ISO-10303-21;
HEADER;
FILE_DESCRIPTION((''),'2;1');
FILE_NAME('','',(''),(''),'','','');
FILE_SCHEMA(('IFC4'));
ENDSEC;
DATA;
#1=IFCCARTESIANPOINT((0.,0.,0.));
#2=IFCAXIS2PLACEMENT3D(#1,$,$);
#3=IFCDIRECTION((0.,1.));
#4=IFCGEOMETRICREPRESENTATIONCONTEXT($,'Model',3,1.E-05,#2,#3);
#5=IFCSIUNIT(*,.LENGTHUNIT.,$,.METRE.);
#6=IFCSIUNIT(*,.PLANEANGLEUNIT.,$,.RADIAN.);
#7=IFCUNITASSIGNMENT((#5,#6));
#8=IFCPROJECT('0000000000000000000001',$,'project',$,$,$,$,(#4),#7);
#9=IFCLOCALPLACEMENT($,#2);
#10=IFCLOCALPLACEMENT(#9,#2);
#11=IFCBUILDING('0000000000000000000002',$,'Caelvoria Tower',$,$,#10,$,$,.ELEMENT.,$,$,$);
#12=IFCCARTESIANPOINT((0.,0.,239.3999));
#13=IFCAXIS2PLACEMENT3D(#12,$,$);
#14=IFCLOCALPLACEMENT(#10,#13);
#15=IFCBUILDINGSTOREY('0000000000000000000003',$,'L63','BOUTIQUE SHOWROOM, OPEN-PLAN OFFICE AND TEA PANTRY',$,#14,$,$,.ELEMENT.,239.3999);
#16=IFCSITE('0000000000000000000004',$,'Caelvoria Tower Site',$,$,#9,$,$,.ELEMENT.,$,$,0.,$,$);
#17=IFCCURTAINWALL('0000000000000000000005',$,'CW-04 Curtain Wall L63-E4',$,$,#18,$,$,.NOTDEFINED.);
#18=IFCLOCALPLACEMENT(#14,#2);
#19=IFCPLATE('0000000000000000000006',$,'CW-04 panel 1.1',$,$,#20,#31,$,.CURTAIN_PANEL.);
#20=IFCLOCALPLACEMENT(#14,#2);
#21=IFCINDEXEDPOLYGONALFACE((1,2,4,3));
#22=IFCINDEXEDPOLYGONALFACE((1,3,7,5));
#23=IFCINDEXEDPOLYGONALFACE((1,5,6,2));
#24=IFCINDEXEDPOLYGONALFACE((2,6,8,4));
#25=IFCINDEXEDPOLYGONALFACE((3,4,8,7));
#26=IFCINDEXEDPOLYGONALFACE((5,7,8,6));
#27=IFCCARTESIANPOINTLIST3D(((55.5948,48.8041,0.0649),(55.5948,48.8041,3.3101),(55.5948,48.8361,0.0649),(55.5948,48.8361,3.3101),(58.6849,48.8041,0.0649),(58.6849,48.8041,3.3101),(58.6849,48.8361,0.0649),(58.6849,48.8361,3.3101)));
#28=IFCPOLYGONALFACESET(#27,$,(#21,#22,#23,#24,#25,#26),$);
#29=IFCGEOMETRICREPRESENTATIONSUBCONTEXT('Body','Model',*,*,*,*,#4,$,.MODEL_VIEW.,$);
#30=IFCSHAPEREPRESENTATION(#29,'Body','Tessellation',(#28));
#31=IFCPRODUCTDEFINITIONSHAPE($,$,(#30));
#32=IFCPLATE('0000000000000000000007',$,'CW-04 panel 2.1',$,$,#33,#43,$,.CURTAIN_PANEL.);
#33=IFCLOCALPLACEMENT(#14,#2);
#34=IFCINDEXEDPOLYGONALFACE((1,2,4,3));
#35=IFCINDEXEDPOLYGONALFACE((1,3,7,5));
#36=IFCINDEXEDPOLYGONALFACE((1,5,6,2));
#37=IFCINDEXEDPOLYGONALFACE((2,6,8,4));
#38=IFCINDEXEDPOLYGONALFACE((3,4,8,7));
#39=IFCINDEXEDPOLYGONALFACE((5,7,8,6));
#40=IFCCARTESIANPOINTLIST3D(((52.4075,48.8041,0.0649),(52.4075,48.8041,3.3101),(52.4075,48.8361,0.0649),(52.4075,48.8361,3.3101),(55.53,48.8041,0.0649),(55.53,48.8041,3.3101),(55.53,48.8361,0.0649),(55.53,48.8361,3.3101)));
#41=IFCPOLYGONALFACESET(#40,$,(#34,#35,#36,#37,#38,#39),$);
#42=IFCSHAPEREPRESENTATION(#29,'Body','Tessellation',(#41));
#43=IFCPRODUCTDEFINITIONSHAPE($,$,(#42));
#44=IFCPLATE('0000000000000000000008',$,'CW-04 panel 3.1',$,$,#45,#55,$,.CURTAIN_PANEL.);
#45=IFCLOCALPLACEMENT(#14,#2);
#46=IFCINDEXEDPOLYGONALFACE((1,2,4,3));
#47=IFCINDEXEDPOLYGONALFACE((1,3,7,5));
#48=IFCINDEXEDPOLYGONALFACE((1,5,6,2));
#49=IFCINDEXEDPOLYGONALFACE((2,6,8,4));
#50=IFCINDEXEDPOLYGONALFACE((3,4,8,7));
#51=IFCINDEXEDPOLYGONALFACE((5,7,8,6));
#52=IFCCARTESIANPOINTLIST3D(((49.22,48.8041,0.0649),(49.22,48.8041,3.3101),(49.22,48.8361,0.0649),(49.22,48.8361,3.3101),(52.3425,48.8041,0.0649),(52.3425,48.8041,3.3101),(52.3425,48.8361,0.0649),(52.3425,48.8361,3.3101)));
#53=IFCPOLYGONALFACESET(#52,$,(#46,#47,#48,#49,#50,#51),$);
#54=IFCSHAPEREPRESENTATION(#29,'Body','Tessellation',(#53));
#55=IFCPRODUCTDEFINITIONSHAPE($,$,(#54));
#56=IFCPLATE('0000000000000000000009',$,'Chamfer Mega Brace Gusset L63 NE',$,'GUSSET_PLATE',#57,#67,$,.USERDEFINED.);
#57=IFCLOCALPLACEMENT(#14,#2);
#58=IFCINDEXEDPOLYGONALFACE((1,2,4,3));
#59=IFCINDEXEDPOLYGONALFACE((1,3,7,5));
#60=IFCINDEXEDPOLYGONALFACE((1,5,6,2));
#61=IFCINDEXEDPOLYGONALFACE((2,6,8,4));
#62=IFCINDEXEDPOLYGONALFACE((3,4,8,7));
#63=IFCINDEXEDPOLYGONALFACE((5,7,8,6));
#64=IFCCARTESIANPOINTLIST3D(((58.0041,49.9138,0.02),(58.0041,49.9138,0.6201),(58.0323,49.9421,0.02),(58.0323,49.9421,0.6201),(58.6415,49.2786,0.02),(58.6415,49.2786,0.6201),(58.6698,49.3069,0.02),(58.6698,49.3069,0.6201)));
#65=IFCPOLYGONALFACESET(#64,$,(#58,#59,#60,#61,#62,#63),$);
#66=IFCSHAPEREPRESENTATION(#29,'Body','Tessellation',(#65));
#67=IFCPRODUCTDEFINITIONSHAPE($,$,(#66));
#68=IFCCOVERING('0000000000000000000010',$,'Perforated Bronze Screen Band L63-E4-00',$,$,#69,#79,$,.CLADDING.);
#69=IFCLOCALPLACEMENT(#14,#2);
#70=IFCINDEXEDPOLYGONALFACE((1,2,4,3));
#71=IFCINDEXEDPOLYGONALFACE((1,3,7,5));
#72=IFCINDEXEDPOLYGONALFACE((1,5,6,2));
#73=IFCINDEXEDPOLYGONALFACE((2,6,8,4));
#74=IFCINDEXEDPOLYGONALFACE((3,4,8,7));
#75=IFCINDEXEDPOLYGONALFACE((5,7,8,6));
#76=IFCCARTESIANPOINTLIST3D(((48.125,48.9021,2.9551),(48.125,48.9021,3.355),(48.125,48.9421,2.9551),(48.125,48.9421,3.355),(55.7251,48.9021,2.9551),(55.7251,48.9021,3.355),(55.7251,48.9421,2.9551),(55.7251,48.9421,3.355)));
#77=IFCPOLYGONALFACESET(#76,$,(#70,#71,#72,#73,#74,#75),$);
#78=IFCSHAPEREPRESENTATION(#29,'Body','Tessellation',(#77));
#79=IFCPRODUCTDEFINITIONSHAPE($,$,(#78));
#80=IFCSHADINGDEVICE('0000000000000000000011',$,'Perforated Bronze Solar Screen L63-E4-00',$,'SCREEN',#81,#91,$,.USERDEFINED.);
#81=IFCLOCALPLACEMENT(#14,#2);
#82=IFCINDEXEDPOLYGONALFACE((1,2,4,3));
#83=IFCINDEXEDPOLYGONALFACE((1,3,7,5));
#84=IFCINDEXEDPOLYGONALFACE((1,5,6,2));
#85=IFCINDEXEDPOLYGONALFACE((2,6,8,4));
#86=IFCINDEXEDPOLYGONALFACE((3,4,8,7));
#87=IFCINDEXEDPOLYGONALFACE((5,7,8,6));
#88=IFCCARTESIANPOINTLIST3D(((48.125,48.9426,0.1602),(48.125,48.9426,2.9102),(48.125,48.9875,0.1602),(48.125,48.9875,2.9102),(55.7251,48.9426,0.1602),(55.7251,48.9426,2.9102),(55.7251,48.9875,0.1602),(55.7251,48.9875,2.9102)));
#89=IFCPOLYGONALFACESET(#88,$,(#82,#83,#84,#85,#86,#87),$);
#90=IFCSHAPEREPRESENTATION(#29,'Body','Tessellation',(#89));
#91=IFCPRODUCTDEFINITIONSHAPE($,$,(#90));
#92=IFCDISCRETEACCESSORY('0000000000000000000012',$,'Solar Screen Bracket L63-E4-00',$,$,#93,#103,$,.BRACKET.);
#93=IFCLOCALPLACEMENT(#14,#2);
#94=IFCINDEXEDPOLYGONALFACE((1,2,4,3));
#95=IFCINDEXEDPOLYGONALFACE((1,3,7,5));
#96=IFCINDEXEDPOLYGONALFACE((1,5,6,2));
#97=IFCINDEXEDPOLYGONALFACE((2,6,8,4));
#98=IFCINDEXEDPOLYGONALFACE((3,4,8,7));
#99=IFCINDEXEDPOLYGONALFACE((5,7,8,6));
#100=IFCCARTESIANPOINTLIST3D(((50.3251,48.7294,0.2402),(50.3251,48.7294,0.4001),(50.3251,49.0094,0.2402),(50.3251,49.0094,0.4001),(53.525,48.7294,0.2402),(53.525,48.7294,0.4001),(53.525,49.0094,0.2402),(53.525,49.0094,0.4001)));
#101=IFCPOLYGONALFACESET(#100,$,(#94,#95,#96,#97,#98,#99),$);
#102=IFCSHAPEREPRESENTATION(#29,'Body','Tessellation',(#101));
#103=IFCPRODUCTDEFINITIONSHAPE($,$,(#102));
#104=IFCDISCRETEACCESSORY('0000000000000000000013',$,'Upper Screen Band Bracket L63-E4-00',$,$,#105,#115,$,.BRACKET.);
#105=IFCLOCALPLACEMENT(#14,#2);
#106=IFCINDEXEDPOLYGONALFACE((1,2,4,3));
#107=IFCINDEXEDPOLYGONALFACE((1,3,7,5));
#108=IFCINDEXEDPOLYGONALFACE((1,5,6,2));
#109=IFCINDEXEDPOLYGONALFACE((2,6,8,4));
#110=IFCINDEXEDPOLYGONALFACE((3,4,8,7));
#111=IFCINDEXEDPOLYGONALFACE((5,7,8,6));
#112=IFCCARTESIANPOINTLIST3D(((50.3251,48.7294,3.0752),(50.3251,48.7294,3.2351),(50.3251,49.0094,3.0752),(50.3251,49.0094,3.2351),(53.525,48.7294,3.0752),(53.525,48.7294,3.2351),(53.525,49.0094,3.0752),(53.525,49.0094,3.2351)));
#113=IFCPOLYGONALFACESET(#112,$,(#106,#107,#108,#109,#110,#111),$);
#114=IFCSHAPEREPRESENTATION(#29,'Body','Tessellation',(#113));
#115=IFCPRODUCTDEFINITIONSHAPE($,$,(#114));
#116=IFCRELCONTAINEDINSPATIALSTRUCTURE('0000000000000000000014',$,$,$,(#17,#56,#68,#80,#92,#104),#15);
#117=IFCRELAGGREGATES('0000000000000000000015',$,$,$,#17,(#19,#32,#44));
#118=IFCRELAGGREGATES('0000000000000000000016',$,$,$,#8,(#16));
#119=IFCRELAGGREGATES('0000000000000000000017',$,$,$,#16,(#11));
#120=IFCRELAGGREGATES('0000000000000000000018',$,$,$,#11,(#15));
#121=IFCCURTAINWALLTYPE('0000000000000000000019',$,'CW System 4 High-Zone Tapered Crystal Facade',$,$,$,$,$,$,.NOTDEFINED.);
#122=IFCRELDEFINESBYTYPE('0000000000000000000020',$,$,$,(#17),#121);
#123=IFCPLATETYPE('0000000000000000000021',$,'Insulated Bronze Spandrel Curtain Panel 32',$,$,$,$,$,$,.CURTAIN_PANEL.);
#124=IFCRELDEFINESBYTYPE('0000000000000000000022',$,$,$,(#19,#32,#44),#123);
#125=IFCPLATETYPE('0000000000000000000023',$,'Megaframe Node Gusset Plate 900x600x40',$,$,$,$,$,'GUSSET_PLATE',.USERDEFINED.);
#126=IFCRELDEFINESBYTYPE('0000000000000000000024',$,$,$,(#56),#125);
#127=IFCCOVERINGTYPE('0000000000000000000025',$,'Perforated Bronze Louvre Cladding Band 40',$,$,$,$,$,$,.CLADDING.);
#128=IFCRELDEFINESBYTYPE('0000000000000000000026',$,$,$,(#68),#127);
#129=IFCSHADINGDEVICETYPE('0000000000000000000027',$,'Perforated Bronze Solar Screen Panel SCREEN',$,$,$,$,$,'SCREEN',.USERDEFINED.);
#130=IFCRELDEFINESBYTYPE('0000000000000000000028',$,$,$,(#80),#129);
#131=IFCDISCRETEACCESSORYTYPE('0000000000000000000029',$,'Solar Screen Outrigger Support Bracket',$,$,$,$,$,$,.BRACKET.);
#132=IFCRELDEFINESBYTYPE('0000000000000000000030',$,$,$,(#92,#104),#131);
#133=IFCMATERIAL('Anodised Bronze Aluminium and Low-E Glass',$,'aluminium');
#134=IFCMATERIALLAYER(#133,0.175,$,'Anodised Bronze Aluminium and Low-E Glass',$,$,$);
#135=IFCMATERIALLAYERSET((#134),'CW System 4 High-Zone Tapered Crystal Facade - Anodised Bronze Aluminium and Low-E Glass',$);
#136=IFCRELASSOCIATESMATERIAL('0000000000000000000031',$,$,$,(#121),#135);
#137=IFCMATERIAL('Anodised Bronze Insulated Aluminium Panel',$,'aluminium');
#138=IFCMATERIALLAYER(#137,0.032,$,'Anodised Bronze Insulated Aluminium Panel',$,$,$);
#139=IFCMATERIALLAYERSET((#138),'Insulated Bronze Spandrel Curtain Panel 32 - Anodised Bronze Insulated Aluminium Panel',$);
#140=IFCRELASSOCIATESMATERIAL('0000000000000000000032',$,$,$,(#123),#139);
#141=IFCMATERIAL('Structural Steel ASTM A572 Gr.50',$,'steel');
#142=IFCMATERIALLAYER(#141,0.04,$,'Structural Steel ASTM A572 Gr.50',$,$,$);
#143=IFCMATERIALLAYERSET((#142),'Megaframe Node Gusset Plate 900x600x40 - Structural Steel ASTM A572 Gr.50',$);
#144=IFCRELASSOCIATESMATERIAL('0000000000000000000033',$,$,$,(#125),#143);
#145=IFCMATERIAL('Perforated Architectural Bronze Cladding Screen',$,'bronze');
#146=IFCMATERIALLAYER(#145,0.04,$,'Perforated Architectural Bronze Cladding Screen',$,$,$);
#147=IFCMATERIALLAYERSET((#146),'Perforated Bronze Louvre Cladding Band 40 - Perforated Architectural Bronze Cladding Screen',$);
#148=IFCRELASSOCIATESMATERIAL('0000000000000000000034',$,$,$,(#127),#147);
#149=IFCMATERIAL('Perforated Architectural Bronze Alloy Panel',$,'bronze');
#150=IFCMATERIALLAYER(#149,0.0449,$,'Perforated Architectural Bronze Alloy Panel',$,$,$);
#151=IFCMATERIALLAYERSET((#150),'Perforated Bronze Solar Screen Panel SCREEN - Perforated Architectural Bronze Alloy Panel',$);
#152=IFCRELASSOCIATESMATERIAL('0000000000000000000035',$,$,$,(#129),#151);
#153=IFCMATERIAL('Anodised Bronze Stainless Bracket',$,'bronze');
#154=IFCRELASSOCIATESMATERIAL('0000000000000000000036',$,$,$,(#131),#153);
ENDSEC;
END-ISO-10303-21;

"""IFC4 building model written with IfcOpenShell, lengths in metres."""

from ifc_helpers import new_model, si_unit, direction, frame, origin, origin_2d, place, context, subcontext, project, spatial, rectangle, extrude, material, layer, layer_set, type_object, element, aggregate, save


model = new_model("IFC4")

# Units and contexts
model_context = context("Model", 3, precision=1e-05, world=origin(), true_north=direction((0.0, 1.0)))
body_context = subcontext(model_context, "Body", "Model", "MODEL_VIEW")
ifc_project = project(units=[si_unit("LENGTHUNIT", "METRE"), si_unit("PLANEANGLEUNIT", "RADIAN")], contexts=[model_context])

# Site, building, storey
site_placement = place(None, origin())
site = spatial("IfcSite", under=ifc_project, at=site_placement, Name="Caelvoria Tower Site", CompositionType="ELEMENT", RefElevation=0.0)
building_placement = place(site_placement, origin())
building = spatial("IfcBuilding", under=site, at=building_placement, Name="Caelvoria Tower", CompositionType="ELEMENT")
storey_placement = place(building_placement, frame((0.0, 0.0, 239.3999)))
storey = spatial("IfcBuildingStorey", under=building, at=storey_placement, Name="L63", Description="BOUTIQUE SHOWROOM, OPEN-PLAN OFFICE AND TEA PANTRY", CompositionType="ELEMENT", Elevation=239.3999)

# Shared definitions
ifc_material_1 = material(Name="Structural Steel ASTM A572 Gr.50", Category="steel")

# Shared definitions
ifc_material_2 = material(Name="Anodised Bronze Aluminium and Low-E Glass", Category="aluminium")
ifc_layer_1 = layer(ifc_material_2, 0.175, Name="Anodised Bronze Aluminium and Low-E Glass")
ifc_layer_set_1 = layer_set([ifc_layer_1], Name="CW System 4 High-Zone Tapered Crystal Facade - Anodised Bronze Aluminium and Low-E Glass")
curtain_wall_type = type_object("IfcCurtainWallType", Name="CW System 4 High-Zone Tapered Crystal Facade", PredefinedType="NOTDEFINED", material=ifc_layer_set_1)

# Curtain wall
curtain_wall_1_placement = place(storey_placement, origin())
curtain_wall_1 = element("IfcCurtainWall", 1, at=curtain_wall_1_placement, inside=storey, type_object=curtain_wall_type, Name="CW-04 Curtain Wall L63-E4", PredefinedType="NOTDEFINED")

# Plates
ifc_material_3 = material(Name="Anodised Bronze Insulated Aluminium Panel", Category="aluminium")
ifc_layer_2 = layer(ifc_material_3, 0.032, Name="Anodised Bronze Insulated Aluminium Panel")
ifc_layer_set_2 = layer_set([ifc_layer_2], Name="Insulated Bronze Spandrel Curtain Panel 32 - Anodised Bronze Insulated Aluminium Panel")
plate_type_1 = type_object("IfcPlateType", Name="Insulated Bronze Spandrel Curtain Panel 32", PredefinedType="CURTAIN_PANEL", material=ifc_layer_set_2)
plate_1_placement = place(storey_placement, frame((57.1399, 48.8201, 0.0649), z_axis=(0.0, 0.0, 1.0), x_axis=(-1.0, 0.0, 0.0)))
plate_1 = element("IfcPlate", 2, at=plate_1_placement, type_object=plate_type_1, Name="CW-04 panel 1.1", PredefinedType="CURTAIN_PANEL", context=body_context, shape_type="SweptSolid", body=[
    extrude(rectangle(XDim=3.0901, YDim=0.032, at=origin_2d()), origin(), (0.0, 0.0, 1.0), 3.2451),
])
plate_2_placement = place(storey_placement, frame((53.9688, 48.8201, 0.0649), z_axis=(0.0, 0.0, 1.0), x_axis=(-1.0, 0.0, 0.0)))
plate_2 = element("IfcPlate", 3, at=plate_2_placement, type_object=plate_type_1, Name="CW-04 panel 2.1", PredefinedType="CURTAIN_PANEL", context=body_context, shape_type="SweptSolid", body=[
    extrude(rectangle(XDim=3.1226, YDim=0.032, at=origin_2d()), origin(), (0.0, 0.0, 1.0), 3.2451),
])
plate_3_placement = place(storey_placement, frame((50.7812, 48.8201, 0.0649), z_axis=(0.0, 0.0, 1.0), x_axis=(-1.0, 0.0, 0.0)))
plate_3 = element("IfcPlate", 4, at=plate_3_placement, type_object=plate_type_1, Name="CW-04 panel 3.1", PredefinedType="CURTAIN_PANEL", context=body_context, shape_type="SweptSolid", body=[
    extrude(rectangle(XDim=3.1226, YDim=0.032, at=origin_2d()), origin(), (0.0, 0.0, 1.0), 3.2451),
])
aggregate(curtain_wall_1, [plate_1, plate_2, plate_3])
ifc_layer_3 = layer(ifc_material_1, 0.04, Name="Structural Steel ASTM A572 Gr.50")
ifc_layer_set_3 = layer_set([ifc_layer_3], Name="Megaframe Node Gusset Plate 900x600x40 - Structural Steel ASTM A572 Gr.50")
plate_type_2 = type_object("IfcPlateType", Name="Megaframe Node Gusset Plate 900x600x40", ElementType="GUSSET_PLATE", PredefinedType="USERDEFINED", material=ifc_layer_set_3)
plate_4_placement = place(storey_placement, frame((58.3369, 49.6104, 0.02), z_axis=(0.0, 0.0, 1.0), x_axis=(0.708358, -0.705853, 0.0)))
element("IfcPlate", 5, at=plate_4_placement, inside=storey, type_object=plate_type_2, Name="Chamfer Mega Brace Gusset L63 NE", ObjectType="GUSSET_PLATE", PredefinedType="USERDEFINED", context=body_context, shape_type="SweptSolid", body=[
    extrude(rectangle(XDim=0.8999, YDim=0.04, at=origin_2d()), origin(), (0.0, 0.0, 1.0), 0.6001),
])

# Covering
ifc_material_4 = material(Name="Perforated Architectural Bronze Cladding Screen", Category="bronze")
ifc_layer_4 = layer(ifc_material_4, 0.04, Name="Perforated Architectural Bronze Cladding Screen")
ifc_layer_set_4 = layer_set([ifc_layer_4], Name="Perforated Bronze Louvre Cladding Band 40 - Perforated Architectural Bronze Cladding Screen")
covering_type = type_object("IfcCoveringType", Name="Perforated Bronze Louvre Cladding Band 40", PredefinedType="CLADDING", material=ifc_layer_set_4)
covering_placement = place(storey_placement, frame((51.925, 48.9221, 2.9551), z_axis=(0.0, 0.0, 1.0), x_axis=(-1.0, 0.0, 0.0)))
element("IfcCovering", 6, at=covering_placement, inside=storey, type_object=covering_type, Name="Perforated Bronze Screen Band L63-E4-00", PredefinedType="CLADDING", context=body_context, shape_type="SweptSolid", body=[
    extrude(rectangle(XDim=7.6001, YDim=0.04, at=origin_2d()), origin(), (0.0, 0.0, 1.0), 0.3999),
])

# Shading device
ifc_material_5 = material(Name="Perforated Architectural Bronze Alloy Panel", Category="bronze")
ifc_layer_5 = layer(ifc_material_5, 0.0449, Name="Perforated Architectural Bronze Alloy Panel")
ifc_layer_set_5 = layer_set([ifc_layer_5], Name="Perforated Bronze Solar Screen Panel SCREEN - Perforated Architectural Bronze Alloy Panel")
shading_device_type = type_object("IfcShadingDeviceType", Name="Perforated Bronze Solar Screen Panel SCREEN", ElementType="SCREEN", PredefinedType="USERDEFINED", material=ifc_layer_set_5)
shading_device_placement = place(storey_placement, frame((51.925, 48.9651, 0.1602), z_axis=(0.0, 0.0, 1.0), x_axis=(-1.0, 0.0, 0.0)))
element("IfcShadingDevice", 7, at=shading_device_placement, inside=storey, type_object=shading_device_type, Name="Perforated Bronze Solar Screen L63-E4-00", ObjectType="SCREEN", PredefinedType="USERDEFINED", context=body_context, shape_type="SweptSolid", body=[
    extrude(rectangle(XDim=7.6001, YDim=0.0449, at=origin_2d()), origin(), (0.0, 0.0, 1.0), 2.75),
])

# Discrete accessories
ifc_material_6 = material(Name="Anodised Bronze Stainless Bracket", Category="bronze")
discrete_accessory_type = type_object("IfcDiscreteAccessoryType", Name="Solar Screen Outrigger Support Bracket", PredefinedType="BRACKET", material=ifc_material_6)
for number, where, z_axis, x_axis, name in (
    (8, (51.925, 48.8694, 0.2402), (0.0, 0.0, 1.0), (-1.0, 0.0, 0.0), "Solar Screen Bracket L63-E4-00"),
    (9, (51.925, 48.8694, 3.0752), (0.0, 0.0, 1.0), (-1.0, 0.0, 0.0), "Upper Screen Band Bracket L63-E4-00"),
):
    element("IfcDiscreteAccessory", number, at=place(storey_placement, frame(where, z_axis=z_axis, x_axis=x_axis)), inside=storey, type_object=discrete_accessory_type, Name=name, PredefinedType="BRACKET", context=body_context, shape_type="SweptSolid", body=[
        extrude(rectangle(XDim=3.2, YDim=0.28, at=origin_2d()), origin(), (0.0, 0.0, 1.0), 0.1599),
    ])

save(model, "model.ifc")
